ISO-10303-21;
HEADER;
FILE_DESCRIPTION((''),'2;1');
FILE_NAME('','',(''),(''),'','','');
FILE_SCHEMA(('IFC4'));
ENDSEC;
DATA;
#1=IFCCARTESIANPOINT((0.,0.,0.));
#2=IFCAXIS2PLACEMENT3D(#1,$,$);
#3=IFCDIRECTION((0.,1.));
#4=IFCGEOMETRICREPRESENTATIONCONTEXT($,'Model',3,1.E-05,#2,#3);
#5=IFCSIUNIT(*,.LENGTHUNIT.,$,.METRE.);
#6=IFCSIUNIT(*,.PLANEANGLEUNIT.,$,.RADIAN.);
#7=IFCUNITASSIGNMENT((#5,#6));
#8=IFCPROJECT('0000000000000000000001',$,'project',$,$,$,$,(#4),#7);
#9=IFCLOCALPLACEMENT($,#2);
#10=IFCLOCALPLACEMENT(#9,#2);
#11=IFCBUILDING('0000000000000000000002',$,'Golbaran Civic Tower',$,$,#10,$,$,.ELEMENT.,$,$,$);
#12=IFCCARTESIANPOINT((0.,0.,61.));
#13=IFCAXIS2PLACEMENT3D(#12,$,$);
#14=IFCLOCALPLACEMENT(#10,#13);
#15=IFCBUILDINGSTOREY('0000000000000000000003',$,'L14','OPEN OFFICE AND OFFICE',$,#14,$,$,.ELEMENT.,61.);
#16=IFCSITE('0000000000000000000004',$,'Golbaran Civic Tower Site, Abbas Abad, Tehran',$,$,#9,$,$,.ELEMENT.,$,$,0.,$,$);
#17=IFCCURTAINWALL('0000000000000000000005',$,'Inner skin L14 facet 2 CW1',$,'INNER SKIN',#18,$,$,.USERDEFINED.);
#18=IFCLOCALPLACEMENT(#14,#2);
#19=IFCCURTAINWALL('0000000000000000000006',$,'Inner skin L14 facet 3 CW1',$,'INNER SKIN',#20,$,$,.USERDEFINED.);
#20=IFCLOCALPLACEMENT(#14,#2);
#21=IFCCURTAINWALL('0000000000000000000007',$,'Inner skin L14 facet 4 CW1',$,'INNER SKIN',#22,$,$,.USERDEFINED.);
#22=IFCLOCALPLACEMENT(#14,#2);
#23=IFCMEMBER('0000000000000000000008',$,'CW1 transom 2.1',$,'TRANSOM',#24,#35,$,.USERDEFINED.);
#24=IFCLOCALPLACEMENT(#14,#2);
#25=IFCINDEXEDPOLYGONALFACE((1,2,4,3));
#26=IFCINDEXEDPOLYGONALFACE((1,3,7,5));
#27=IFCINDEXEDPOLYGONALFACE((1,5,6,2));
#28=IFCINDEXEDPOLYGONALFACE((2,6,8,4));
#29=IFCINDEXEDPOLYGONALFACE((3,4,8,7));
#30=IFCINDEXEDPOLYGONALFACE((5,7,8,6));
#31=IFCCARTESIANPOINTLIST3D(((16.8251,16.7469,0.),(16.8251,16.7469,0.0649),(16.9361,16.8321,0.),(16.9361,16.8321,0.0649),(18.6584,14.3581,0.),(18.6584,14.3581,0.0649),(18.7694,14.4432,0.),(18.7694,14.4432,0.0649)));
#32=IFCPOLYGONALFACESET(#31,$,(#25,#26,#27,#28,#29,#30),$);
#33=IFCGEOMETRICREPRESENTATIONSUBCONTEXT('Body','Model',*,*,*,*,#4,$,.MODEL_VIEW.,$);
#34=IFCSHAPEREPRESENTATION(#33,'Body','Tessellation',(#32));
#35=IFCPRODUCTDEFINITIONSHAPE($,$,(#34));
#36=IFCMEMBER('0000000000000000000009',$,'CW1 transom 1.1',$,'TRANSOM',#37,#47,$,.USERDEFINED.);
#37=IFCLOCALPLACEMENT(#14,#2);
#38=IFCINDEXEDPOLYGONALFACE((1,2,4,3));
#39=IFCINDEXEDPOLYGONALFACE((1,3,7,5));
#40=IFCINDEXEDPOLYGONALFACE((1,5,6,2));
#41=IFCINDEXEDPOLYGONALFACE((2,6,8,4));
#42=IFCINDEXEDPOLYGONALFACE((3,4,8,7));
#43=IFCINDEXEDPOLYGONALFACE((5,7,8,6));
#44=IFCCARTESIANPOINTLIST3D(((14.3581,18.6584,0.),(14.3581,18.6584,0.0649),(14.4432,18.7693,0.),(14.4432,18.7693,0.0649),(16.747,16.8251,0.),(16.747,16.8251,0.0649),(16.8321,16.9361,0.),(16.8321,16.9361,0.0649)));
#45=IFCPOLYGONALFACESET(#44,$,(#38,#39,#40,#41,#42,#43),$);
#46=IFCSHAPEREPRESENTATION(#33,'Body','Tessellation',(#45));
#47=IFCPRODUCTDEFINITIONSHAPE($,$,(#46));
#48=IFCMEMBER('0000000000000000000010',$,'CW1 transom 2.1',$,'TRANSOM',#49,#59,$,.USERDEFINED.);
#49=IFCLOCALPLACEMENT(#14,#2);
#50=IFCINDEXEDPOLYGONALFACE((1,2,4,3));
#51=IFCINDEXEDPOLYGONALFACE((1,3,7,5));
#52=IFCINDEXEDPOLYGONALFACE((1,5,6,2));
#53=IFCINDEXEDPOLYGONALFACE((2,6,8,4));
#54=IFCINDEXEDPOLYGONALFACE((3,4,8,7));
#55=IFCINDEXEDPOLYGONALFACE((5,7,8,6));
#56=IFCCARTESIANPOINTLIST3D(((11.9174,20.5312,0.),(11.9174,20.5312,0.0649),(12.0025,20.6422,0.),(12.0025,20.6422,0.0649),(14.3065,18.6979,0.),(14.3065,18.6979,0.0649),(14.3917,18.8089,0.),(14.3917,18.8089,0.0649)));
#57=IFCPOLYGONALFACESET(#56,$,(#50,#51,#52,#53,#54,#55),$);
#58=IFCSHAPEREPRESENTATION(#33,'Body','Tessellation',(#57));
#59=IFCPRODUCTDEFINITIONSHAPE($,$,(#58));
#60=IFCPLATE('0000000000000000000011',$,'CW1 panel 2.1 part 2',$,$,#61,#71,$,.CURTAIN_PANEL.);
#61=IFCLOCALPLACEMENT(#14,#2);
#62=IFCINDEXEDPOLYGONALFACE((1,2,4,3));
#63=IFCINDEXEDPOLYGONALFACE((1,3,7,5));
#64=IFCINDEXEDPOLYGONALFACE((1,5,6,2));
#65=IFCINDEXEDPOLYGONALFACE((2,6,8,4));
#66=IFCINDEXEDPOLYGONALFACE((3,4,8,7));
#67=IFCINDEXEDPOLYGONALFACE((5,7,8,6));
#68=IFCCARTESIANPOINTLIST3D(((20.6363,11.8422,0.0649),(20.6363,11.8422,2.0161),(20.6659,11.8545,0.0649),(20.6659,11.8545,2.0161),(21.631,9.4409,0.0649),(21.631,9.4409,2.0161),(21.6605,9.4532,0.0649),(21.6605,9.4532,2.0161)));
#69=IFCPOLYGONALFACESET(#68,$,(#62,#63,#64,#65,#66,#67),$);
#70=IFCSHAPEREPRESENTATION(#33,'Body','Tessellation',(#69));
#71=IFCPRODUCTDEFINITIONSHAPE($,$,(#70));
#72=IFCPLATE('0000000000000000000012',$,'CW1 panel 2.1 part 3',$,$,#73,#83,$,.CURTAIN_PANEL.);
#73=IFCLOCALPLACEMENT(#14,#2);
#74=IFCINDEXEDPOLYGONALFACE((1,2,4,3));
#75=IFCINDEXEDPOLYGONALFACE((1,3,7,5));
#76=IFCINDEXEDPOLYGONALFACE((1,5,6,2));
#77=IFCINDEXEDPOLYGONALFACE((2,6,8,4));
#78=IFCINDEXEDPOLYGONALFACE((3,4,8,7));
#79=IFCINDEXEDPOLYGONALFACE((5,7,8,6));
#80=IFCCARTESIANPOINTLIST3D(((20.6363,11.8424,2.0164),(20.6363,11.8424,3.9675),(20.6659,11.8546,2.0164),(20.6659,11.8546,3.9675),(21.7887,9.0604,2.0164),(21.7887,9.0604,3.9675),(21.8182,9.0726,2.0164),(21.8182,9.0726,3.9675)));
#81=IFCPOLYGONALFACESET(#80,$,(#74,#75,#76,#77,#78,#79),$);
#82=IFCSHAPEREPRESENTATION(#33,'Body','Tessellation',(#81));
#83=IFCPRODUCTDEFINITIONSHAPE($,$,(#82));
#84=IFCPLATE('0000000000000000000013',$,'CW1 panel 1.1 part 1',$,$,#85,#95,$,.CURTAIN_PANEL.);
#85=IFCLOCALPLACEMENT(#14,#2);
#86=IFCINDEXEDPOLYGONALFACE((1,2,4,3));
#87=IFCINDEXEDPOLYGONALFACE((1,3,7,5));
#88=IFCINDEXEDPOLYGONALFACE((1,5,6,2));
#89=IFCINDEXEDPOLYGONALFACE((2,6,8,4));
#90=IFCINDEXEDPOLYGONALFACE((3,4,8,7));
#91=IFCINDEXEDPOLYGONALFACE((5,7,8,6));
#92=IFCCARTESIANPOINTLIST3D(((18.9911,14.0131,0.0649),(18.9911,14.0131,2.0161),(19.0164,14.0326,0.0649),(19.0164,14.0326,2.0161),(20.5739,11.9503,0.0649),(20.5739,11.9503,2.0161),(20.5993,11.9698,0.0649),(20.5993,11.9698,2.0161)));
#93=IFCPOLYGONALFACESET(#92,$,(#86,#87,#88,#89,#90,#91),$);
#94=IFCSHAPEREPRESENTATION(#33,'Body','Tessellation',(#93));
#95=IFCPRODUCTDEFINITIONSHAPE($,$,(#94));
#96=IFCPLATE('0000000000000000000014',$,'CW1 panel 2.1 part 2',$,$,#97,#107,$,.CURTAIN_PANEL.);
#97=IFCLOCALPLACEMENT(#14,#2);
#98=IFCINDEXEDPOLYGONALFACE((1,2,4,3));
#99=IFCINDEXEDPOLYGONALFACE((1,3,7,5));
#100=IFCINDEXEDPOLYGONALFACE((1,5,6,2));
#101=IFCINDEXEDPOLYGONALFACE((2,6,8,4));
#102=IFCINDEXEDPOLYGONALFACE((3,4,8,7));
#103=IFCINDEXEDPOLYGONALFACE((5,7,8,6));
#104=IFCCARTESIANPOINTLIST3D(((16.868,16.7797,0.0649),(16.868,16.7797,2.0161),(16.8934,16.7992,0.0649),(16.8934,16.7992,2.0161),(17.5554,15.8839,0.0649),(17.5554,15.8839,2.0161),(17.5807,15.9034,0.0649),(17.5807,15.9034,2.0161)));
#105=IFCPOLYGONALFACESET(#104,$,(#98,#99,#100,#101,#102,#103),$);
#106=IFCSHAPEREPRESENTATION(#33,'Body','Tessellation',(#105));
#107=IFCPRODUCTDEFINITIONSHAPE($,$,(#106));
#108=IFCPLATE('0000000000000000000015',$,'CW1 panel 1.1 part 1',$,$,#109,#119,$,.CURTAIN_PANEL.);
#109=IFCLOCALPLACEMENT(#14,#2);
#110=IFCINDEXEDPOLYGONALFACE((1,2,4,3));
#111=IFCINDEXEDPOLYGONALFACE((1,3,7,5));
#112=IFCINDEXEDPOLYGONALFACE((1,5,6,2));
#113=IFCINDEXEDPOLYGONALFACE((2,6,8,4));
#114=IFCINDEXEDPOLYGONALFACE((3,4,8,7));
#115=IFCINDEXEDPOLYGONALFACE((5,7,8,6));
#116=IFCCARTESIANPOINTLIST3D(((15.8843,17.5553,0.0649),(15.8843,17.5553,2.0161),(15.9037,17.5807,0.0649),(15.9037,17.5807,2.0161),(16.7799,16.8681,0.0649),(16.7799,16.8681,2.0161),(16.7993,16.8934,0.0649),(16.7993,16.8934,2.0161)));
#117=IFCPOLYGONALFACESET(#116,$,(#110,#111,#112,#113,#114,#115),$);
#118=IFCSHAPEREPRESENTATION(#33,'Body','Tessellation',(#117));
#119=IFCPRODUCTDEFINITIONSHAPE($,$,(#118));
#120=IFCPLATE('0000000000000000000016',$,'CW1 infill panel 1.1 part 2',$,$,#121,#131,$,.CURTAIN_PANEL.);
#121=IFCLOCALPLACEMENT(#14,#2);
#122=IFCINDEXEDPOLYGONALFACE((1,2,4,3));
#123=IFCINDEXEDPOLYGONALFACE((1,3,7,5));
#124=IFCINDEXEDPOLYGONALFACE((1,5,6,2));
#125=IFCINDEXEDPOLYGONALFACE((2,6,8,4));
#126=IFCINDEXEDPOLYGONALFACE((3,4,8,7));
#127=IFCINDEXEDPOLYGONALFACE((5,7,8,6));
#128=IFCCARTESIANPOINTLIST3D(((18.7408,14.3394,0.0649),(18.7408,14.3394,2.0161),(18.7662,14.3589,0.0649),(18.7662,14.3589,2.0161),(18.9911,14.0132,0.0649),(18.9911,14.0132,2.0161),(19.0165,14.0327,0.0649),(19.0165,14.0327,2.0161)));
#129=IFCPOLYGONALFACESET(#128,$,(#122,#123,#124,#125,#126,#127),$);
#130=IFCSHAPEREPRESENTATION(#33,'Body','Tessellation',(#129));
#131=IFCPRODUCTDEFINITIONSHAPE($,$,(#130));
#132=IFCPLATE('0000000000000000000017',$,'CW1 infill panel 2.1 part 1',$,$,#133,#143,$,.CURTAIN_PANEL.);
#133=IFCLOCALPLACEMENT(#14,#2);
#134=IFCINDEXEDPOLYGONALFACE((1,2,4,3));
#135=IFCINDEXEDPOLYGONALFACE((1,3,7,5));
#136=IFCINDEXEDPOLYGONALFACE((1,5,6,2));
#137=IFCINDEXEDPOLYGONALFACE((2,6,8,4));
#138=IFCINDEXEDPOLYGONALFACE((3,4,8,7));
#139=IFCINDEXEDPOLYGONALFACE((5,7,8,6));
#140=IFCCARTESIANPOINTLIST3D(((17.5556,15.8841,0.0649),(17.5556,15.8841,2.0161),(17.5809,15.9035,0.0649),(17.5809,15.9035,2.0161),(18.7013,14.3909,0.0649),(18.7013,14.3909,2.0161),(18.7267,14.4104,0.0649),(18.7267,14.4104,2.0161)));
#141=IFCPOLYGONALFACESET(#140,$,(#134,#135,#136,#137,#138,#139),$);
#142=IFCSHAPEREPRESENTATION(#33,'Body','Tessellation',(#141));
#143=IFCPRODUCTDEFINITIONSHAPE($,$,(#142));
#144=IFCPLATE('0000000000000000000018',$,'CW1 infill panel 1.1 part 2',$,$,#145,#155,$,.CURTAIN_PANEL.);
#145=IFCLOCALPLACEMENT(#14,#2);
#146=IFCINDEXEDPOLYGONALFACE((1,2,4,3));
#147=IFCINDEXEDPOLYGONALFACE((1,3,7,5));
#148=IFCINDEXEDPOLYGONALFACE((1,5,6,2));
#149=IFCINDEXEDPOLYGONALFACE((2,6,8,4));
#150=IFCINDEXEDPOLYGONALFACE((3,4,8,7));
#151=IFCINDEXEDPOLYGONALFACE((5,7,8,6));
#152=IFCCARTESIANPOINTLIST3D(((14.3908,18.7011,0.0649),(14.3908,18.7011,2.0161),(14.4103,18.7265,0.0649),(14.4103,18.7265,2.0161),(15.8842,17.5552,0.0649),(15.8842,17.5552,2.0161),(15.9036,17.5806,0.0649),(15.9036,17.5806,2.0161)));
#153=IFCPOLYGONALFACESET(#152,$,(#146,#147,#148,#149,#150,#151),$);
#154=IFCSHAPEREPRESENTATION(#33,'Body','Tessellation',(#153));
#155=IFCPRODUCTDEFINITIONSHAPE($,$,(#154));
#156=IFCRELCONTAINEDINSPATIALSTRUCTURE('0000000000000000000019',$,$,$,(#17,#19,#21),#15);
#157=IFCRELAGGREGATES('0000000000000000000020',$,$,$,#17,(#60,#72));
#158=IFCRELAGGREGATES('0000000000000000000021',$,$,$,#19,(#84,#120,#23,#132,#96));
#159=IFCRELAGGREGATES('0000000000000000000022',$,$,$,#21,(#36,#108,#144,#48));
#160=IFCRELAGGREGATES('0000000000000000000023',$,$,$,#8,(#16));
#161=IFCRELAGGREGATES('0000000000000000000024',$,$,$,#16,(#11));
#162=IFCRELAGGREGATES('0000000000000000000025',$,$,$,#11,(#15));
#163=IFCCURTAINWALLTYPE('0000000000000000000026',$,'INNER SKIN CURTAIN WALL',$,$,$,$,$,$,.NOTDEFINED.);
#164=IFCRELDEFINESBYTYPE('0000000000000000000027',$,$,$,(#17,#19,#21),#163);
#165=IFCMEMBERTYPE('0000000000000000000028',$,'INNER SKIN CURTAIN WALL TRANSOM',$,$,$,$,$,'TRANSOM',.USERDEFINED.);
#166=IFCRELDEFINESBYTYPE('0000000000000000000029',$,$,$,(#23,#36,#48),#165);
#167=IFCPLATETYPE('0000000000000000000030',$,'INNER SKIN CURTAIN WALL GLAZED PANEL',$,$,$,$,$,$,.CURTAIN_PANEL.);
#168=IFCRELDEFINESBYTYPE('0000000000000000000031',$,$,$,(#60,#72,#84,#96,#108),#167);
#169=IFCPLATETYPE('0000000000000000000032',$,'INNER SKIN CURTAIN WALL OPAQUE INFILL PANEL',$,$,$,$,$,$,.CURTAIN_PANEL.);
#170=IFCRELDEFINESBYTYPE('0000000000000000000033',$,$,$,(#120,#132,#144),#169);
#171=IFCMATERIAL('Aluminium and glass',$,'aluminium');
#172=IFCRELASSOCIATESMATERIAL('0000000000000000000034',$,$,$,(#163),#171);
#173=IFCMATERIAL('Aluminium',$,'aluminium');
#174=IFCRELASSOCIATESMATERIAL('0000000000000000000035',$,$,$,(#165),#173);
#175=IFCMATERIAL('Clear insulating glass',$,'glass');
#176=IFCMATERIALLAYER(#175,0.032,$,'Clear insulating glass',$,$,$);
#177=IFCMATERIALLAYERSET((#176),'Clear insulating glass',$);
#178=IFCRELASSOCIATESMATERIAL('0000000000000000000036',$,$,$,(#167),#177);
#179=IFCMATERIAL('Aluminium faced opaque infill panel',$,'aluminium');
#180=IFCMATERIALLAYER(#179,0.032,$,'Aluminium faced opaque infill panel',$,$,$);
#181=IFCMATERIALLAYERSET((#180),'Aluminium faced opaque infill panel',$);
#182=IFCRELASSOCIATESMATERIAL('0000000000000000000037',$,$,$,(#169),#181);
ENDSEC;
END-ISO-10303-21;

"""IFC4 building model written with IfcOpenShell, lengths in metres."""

from ifc_helpers import new_model, si_unit, direction, frame, origin, origin_2d, place, context, subcontext, project, spatial, rectangle, extrude, material, layer, layer_set, material_profile, profile_set, type_object, element, aggregate, save


model = new_model("IFC4")

# Units and contexts
model_context = context("Model", 3, precision=1e-05, world=origin(), true_north=direction((0.0, 1.0)))
body_context = subcontext(model_context, "Body", "Model", "MODEL_VIEW")
ifc_project = project(units=[si_unit("LENGTHUNIT", "METRE"), si_unit("PLANEANGLEUNIT", "RADIAN")], contexts=[model_context])

# Site, building, storey
site_placement = place(None, origin())
site = spatial("IfcSite", under=ifc_project, at=site_placement, Name="Golbaran Civic Tower Site, Abbas Abad, Tehran", CompositionType="ELEMENT", RefElevation=0.0)
building_placement = place(site_placement, origin())
building = spatial("IfcBuilding", under=site, at=building_placement, Name="Golbaran Civic Tower", CompositionType="ELEMENT")
storey_placement = place(building_placement, frame((0.0, 0.0, 61.0)))
storey = spatial("IfcBuildingStorey", under=building, at=storey_placement, Name="L14", Description="OPEN OFFICE AND OFFICE", CompositionType="ELEMENT", Elevation=61.0)

# Curtain wall
ifc_material_1 = material(Name="Aluminium and glass", Category="aluminium")
curtain_wall_type = type_object("IfcCurtainWallType", Name="INNER SKIN CURTAIN WALL", PredefinedType="NOTDEFINED", material=ifc_material_1)
curtain_wall_1_placement = place(storey_placement, origin())
curtain_wall_1 = element("IfcCurtainWall", 1, at=curtain_wall_1_placement, inside=storey, type_object=curtain_wall_type, Name="Inner skin L14 facet 2 CW1", ObjectType="INNER SKIN", PredefinedType="USERDEFINED")
ifc_material_2 = material(Name="Aluminium", Category="aluminium")

# Curtain walls
curtain_wall_2_placement = place(storey_placement, origin())
curtain_wall_2 = element("IfcCurtainWall", 2, at=curtain_wall_2_placement, inside=storey, type_object=curtain_wall_type, Name="Inner skin L14 facet 3 CW1", ObjectType="INNER SKIN", PredefinedType="USERDEFINED")
curtain_wall_3_placement = place(storey_placement, origin())
curtain_wall_3 = element("IfcCurtainWall", 3, at=curtain_wall_3_placement, inside=storey, type_object=curtain_wall_type, Name="Inner skin L14 facet 4 CW1", ObjectType="INNER SKIN", PredefinedType="USERDEFINED")

# Members
ifc_material_profile_1 = material_profile(ifc_material_2, rectangle(XDim=0.1399, YDim=0.0649, at=origin_2d()), Name="INNER SKIN CURTAIN WALL TRANSOM")
ifc_profile_set_1 = profile_set([ifc_material_profile_1], Name="Aluminium")
member_type_1 = type_object("IfcMemberType", Name="INNER SKIN CURTAIN WALL TRANSOM", ElementType="TRANSOM", PredefinedType="USERDEFINED", material=ifc_profile_set_1)
member_1_placement = place(storey_placement, frame((18.7139, 14.4006, 0.0325), z_axis=(-0.608797, 0.793326, 0.0), x_axis=(-0.793326, -0.608797, 0.0)))
member_1 = element("IfcMember", 4, at=member_1_placement, type_object=member_type_1, Name="CW1 transom 2.1", ObjectType="TRANSOM", PredefinedType="USERDEFINED", context=body_context, shape_type="SweptSolid", body=[
    extrude(rectangle(XDim=0.1399, YDim=0.0649, at=origin_2d()), origin(), (0.0, 0.0, 1.0), 3.0112),
])
member_2_placement = place(storey_placement, frame((16.7896, 16.8806, 0.0325), z_axis=(-0.793326, 0.608797, 0.0), x_axis=(-0.608797, -0.793326, 0.0)))
member_2 = element("IfcMember", 5, at=member_2_placement, type_object=member_type_1, Name="CW1 transom 1.1", ObjectType="TRANSOM", PredefinedType="USERDEFINED", context=body_context, shape_type="SweptSolid", body=[
    extrude(rectangle(XDim=0.1399, YDim=0.0649, at=origin_2d()), origin(), (0.0, 0.0, 1.0), 3.0112),
])
member_3_placement = place(storey_placement, frame((14.3491, 18.7534, 0.0325), z_axis=(-0.793356, 0.608758, 0.0), x_axis=(-0.608758, -0.793356, 0.0)))
member_3 = element("IfcMember", 6, at=member_3_placement, type_object=member_type_1, Name="CW1 transom 2.1", ObjectType="TRANSOM", PredefinedType="USERDEFINED", context=body_context, shape_type="SweptSolid", body=[
    extrude(rectangle(XDim=0.1399, YDim=0.0649, at=origin_2d()), origin(), (0.0, 0.0, 1.0), 3.0115),
])

# Plates
ifc_material_3 = material(Name="Clear insulating glass", Category="glass")
ifc_layer_1 = layer(ifc_material_3, 0.032, Name="Clear insulating glass")
ifc_layer_set_1 = layer_set([ifc_layer_1], Name="Clear insulating glass")
plate_type_1 = type_object("IfcPlateType", Name="INNER SKIN CURTAIN WALL GLAZED PANEL", PredefinedType="CURTAIN_PANEL", material=ifc_layer_set_1)
plate_1_placement = place(storey_placement, frame((21.1484, 10.6477, 0.0649), z_axis=(0.0, 0.0, 1.0), x_axis=(-0.382683, 0.92388, 0.0)))
plate_1 = element("IfcPlate", 7, at=plate_1_placement, type_object=plate_type_1, Name="CW1 panel 2.1 part 2", PredefinedType="CURTAIN_PANEL", context=body_context, shape_type="SweptSolid", body=[
    extrude(rectangle(XDim=2.5991, YDim=0.032, at=origin_2d()), origin(), (0.0, 0.0, 1.0), 1.9512),
])
plate_2_placement = place(storey_placement, frame((21.2273, 10.4575, 2.0164), z_axis=(0.0, 0.0, 1.0), x_axis=(-0.382683, 0.92388, 0.0)))
plate_2 = element("IfcPlate", 8, at=plate_2_placement, type_object=plate_type_1, Name="CW1 panel 2.1 part 3", PredefinedType="CURTAIN_PANEL", context=body_context, shape_type="SweptSolid", body=[
    extrude(rectangle(XDim=3.0112, YDim=0.032, at=origin_2d()), origin(), (0.0, 0.0, 1.0), 1.9512),
])
aggregate(curtain_wall_1, [plate_1, plate_2])
plate_3_placement = place(storey_placement, frame((19.7952, 12.9915, 0.0649), z_axis=(0.0, 0.0, 1.0), x_axis=(-0.608761, 0.793353, 0.0)))
plate_3 = element("IfcPlate", 9, at=plate_3_placement, type_object=plate_type_1, Name="CW1 panel 1.1 part 1", PredefinedType="CURTAIN_PANEL", context=body_context, shape_type="SweptSolid", body=[
    extrude(rectangle(XDim=2.6001, YDim=0.032, at=origin_2d()), origin(), (0.0, 0.0, 1.0), 1.9512),
])
plate_4_placement = place(storey_placement, frame((17.2244, 16.3416, 0.0649), z_axis=(0.0, 0.0, 1.0), x_axis=(-0.608761, 0.793353, 0.0)))
plate_4 = element("IfcPlate", 10, at=plate_4_placement, type_object=plate_type_1, Name="CW1 panel 2.1 part 2", PredefinedType="CURTAIN_PANEL", context=body_context, shape_type="SweptSolid", body=[
    extrude(rectangle(XDim=1.1292, YDim=0.032, at=origin_2d()), origin(), (0.0, 0.0, 1.0), 1.9512),
])
plate_5_placement = place(storey_placement, frame((16.3418, 17.2244, 0.0649), z_axis=(0.0, 0.0, 1.0), x_axis=(-0.793353, 0.608761, 0.0)))
plate_5 = element("IfcPlate", 11, at=plate_5_placement, type_object=plate_type_1, Name="CW1 panel 1.1 part 1", PredefinedType="CURTAIN_PANEL", context=body_context, shape_type="SweptSolid", body=[
    extrude(rectangle(XDim=1.1289, YDim=0.032, at=origin_2d()), origin(), (0.0, 0.0, 1.0), 1.9512),
])
ifc_material_4 = material(Name="Aluminium faced opaque infill panel", Category="aluminium")
ifc_layer_2 = layer(ifc_material_4, 0.032, Name="Aluminium faced opaque infill panel")
ifc_layer_set_2 = layer_set([ifc_layer_2], Name="Aluminium faced opaque infill panel")
plate_type_2 = type_object("IfcPlateType", Name="INNER SKIN CURTAIN WALL OPAQUE INFILL PANEL", PredefinedType="CURTAIN_PANEL", material=ifc_layer_set_2)
plate_6_placement = place(storey_placement, frame((18.8787, 14.186, 0.0649), z_axis=(0.0, 0.0, 1.0), x_axis=(-0.608761, 0.793353, 0.0)))
plate_6 = element("IfcPlate", 12, at=plate_6_placement, type_object=plate_type_2, Name="CW1 infill panel 1.1 part 2", PredefinedType="CURTAIN_PANEL", context=body_context, shape_type="SweptSolid", body=[
    extrude(rectangle(XDim=0.4111, YDim=0.032, at=origin_2d()), origin(), (0.0, 0.0, 1.0), 1.9512),
])
plate_7_placement = place(storey_placement, frame((18.1411, 15.1472, 0.0649), z_axis=(0.0, 0.0, 1.0), x_axis=(-0.608761, 0.793353, 0.0)))
plate_7 = element("IfcPlate", 13, at=plate_7_placement, type_object=plate_type_2, Name="CW1 infill panel 2.1 part 1", PredefinedType="CURTAIN_PANEL", context=body_context, shape_type="SweptSolid", body=[
    extrude(rectangle(XDim=1.8821, YDim=0.032, at=origin_2d()), origin(), (0.0, 0.0, 1.0), 1.9512),
])
aggregate(curtain_wall_2, [plate_3, plate_6, member_1, plate_7, plate_4])
plate_8_placement = place(storey_placement, frame((15.1472, 18.1409, 0.0649), z_axis=(0.0, 0.0, 1.0), x_axis=(-0.793353, 0.608761, 0.0)))
plate_8 = element("IfcPlate", 14, at=plate_8_placement, type_object=plate_type_2, Name="CW1 infill panel 1.1 part 2", PredefinedType="CURTAIN_PANEL", context=body_context, shape_type="SweptSolid", body=[
    extrude(rectangle(XDim=1.8823, YDim=0.032, at=origin_2d()), origin(), (0.0, 0.0, 1.0), 1.9512),
])
aggregate(curtain_wall_3, [member_2, plate_5, plate_8, member_3])

save(model, "model.ifc")
